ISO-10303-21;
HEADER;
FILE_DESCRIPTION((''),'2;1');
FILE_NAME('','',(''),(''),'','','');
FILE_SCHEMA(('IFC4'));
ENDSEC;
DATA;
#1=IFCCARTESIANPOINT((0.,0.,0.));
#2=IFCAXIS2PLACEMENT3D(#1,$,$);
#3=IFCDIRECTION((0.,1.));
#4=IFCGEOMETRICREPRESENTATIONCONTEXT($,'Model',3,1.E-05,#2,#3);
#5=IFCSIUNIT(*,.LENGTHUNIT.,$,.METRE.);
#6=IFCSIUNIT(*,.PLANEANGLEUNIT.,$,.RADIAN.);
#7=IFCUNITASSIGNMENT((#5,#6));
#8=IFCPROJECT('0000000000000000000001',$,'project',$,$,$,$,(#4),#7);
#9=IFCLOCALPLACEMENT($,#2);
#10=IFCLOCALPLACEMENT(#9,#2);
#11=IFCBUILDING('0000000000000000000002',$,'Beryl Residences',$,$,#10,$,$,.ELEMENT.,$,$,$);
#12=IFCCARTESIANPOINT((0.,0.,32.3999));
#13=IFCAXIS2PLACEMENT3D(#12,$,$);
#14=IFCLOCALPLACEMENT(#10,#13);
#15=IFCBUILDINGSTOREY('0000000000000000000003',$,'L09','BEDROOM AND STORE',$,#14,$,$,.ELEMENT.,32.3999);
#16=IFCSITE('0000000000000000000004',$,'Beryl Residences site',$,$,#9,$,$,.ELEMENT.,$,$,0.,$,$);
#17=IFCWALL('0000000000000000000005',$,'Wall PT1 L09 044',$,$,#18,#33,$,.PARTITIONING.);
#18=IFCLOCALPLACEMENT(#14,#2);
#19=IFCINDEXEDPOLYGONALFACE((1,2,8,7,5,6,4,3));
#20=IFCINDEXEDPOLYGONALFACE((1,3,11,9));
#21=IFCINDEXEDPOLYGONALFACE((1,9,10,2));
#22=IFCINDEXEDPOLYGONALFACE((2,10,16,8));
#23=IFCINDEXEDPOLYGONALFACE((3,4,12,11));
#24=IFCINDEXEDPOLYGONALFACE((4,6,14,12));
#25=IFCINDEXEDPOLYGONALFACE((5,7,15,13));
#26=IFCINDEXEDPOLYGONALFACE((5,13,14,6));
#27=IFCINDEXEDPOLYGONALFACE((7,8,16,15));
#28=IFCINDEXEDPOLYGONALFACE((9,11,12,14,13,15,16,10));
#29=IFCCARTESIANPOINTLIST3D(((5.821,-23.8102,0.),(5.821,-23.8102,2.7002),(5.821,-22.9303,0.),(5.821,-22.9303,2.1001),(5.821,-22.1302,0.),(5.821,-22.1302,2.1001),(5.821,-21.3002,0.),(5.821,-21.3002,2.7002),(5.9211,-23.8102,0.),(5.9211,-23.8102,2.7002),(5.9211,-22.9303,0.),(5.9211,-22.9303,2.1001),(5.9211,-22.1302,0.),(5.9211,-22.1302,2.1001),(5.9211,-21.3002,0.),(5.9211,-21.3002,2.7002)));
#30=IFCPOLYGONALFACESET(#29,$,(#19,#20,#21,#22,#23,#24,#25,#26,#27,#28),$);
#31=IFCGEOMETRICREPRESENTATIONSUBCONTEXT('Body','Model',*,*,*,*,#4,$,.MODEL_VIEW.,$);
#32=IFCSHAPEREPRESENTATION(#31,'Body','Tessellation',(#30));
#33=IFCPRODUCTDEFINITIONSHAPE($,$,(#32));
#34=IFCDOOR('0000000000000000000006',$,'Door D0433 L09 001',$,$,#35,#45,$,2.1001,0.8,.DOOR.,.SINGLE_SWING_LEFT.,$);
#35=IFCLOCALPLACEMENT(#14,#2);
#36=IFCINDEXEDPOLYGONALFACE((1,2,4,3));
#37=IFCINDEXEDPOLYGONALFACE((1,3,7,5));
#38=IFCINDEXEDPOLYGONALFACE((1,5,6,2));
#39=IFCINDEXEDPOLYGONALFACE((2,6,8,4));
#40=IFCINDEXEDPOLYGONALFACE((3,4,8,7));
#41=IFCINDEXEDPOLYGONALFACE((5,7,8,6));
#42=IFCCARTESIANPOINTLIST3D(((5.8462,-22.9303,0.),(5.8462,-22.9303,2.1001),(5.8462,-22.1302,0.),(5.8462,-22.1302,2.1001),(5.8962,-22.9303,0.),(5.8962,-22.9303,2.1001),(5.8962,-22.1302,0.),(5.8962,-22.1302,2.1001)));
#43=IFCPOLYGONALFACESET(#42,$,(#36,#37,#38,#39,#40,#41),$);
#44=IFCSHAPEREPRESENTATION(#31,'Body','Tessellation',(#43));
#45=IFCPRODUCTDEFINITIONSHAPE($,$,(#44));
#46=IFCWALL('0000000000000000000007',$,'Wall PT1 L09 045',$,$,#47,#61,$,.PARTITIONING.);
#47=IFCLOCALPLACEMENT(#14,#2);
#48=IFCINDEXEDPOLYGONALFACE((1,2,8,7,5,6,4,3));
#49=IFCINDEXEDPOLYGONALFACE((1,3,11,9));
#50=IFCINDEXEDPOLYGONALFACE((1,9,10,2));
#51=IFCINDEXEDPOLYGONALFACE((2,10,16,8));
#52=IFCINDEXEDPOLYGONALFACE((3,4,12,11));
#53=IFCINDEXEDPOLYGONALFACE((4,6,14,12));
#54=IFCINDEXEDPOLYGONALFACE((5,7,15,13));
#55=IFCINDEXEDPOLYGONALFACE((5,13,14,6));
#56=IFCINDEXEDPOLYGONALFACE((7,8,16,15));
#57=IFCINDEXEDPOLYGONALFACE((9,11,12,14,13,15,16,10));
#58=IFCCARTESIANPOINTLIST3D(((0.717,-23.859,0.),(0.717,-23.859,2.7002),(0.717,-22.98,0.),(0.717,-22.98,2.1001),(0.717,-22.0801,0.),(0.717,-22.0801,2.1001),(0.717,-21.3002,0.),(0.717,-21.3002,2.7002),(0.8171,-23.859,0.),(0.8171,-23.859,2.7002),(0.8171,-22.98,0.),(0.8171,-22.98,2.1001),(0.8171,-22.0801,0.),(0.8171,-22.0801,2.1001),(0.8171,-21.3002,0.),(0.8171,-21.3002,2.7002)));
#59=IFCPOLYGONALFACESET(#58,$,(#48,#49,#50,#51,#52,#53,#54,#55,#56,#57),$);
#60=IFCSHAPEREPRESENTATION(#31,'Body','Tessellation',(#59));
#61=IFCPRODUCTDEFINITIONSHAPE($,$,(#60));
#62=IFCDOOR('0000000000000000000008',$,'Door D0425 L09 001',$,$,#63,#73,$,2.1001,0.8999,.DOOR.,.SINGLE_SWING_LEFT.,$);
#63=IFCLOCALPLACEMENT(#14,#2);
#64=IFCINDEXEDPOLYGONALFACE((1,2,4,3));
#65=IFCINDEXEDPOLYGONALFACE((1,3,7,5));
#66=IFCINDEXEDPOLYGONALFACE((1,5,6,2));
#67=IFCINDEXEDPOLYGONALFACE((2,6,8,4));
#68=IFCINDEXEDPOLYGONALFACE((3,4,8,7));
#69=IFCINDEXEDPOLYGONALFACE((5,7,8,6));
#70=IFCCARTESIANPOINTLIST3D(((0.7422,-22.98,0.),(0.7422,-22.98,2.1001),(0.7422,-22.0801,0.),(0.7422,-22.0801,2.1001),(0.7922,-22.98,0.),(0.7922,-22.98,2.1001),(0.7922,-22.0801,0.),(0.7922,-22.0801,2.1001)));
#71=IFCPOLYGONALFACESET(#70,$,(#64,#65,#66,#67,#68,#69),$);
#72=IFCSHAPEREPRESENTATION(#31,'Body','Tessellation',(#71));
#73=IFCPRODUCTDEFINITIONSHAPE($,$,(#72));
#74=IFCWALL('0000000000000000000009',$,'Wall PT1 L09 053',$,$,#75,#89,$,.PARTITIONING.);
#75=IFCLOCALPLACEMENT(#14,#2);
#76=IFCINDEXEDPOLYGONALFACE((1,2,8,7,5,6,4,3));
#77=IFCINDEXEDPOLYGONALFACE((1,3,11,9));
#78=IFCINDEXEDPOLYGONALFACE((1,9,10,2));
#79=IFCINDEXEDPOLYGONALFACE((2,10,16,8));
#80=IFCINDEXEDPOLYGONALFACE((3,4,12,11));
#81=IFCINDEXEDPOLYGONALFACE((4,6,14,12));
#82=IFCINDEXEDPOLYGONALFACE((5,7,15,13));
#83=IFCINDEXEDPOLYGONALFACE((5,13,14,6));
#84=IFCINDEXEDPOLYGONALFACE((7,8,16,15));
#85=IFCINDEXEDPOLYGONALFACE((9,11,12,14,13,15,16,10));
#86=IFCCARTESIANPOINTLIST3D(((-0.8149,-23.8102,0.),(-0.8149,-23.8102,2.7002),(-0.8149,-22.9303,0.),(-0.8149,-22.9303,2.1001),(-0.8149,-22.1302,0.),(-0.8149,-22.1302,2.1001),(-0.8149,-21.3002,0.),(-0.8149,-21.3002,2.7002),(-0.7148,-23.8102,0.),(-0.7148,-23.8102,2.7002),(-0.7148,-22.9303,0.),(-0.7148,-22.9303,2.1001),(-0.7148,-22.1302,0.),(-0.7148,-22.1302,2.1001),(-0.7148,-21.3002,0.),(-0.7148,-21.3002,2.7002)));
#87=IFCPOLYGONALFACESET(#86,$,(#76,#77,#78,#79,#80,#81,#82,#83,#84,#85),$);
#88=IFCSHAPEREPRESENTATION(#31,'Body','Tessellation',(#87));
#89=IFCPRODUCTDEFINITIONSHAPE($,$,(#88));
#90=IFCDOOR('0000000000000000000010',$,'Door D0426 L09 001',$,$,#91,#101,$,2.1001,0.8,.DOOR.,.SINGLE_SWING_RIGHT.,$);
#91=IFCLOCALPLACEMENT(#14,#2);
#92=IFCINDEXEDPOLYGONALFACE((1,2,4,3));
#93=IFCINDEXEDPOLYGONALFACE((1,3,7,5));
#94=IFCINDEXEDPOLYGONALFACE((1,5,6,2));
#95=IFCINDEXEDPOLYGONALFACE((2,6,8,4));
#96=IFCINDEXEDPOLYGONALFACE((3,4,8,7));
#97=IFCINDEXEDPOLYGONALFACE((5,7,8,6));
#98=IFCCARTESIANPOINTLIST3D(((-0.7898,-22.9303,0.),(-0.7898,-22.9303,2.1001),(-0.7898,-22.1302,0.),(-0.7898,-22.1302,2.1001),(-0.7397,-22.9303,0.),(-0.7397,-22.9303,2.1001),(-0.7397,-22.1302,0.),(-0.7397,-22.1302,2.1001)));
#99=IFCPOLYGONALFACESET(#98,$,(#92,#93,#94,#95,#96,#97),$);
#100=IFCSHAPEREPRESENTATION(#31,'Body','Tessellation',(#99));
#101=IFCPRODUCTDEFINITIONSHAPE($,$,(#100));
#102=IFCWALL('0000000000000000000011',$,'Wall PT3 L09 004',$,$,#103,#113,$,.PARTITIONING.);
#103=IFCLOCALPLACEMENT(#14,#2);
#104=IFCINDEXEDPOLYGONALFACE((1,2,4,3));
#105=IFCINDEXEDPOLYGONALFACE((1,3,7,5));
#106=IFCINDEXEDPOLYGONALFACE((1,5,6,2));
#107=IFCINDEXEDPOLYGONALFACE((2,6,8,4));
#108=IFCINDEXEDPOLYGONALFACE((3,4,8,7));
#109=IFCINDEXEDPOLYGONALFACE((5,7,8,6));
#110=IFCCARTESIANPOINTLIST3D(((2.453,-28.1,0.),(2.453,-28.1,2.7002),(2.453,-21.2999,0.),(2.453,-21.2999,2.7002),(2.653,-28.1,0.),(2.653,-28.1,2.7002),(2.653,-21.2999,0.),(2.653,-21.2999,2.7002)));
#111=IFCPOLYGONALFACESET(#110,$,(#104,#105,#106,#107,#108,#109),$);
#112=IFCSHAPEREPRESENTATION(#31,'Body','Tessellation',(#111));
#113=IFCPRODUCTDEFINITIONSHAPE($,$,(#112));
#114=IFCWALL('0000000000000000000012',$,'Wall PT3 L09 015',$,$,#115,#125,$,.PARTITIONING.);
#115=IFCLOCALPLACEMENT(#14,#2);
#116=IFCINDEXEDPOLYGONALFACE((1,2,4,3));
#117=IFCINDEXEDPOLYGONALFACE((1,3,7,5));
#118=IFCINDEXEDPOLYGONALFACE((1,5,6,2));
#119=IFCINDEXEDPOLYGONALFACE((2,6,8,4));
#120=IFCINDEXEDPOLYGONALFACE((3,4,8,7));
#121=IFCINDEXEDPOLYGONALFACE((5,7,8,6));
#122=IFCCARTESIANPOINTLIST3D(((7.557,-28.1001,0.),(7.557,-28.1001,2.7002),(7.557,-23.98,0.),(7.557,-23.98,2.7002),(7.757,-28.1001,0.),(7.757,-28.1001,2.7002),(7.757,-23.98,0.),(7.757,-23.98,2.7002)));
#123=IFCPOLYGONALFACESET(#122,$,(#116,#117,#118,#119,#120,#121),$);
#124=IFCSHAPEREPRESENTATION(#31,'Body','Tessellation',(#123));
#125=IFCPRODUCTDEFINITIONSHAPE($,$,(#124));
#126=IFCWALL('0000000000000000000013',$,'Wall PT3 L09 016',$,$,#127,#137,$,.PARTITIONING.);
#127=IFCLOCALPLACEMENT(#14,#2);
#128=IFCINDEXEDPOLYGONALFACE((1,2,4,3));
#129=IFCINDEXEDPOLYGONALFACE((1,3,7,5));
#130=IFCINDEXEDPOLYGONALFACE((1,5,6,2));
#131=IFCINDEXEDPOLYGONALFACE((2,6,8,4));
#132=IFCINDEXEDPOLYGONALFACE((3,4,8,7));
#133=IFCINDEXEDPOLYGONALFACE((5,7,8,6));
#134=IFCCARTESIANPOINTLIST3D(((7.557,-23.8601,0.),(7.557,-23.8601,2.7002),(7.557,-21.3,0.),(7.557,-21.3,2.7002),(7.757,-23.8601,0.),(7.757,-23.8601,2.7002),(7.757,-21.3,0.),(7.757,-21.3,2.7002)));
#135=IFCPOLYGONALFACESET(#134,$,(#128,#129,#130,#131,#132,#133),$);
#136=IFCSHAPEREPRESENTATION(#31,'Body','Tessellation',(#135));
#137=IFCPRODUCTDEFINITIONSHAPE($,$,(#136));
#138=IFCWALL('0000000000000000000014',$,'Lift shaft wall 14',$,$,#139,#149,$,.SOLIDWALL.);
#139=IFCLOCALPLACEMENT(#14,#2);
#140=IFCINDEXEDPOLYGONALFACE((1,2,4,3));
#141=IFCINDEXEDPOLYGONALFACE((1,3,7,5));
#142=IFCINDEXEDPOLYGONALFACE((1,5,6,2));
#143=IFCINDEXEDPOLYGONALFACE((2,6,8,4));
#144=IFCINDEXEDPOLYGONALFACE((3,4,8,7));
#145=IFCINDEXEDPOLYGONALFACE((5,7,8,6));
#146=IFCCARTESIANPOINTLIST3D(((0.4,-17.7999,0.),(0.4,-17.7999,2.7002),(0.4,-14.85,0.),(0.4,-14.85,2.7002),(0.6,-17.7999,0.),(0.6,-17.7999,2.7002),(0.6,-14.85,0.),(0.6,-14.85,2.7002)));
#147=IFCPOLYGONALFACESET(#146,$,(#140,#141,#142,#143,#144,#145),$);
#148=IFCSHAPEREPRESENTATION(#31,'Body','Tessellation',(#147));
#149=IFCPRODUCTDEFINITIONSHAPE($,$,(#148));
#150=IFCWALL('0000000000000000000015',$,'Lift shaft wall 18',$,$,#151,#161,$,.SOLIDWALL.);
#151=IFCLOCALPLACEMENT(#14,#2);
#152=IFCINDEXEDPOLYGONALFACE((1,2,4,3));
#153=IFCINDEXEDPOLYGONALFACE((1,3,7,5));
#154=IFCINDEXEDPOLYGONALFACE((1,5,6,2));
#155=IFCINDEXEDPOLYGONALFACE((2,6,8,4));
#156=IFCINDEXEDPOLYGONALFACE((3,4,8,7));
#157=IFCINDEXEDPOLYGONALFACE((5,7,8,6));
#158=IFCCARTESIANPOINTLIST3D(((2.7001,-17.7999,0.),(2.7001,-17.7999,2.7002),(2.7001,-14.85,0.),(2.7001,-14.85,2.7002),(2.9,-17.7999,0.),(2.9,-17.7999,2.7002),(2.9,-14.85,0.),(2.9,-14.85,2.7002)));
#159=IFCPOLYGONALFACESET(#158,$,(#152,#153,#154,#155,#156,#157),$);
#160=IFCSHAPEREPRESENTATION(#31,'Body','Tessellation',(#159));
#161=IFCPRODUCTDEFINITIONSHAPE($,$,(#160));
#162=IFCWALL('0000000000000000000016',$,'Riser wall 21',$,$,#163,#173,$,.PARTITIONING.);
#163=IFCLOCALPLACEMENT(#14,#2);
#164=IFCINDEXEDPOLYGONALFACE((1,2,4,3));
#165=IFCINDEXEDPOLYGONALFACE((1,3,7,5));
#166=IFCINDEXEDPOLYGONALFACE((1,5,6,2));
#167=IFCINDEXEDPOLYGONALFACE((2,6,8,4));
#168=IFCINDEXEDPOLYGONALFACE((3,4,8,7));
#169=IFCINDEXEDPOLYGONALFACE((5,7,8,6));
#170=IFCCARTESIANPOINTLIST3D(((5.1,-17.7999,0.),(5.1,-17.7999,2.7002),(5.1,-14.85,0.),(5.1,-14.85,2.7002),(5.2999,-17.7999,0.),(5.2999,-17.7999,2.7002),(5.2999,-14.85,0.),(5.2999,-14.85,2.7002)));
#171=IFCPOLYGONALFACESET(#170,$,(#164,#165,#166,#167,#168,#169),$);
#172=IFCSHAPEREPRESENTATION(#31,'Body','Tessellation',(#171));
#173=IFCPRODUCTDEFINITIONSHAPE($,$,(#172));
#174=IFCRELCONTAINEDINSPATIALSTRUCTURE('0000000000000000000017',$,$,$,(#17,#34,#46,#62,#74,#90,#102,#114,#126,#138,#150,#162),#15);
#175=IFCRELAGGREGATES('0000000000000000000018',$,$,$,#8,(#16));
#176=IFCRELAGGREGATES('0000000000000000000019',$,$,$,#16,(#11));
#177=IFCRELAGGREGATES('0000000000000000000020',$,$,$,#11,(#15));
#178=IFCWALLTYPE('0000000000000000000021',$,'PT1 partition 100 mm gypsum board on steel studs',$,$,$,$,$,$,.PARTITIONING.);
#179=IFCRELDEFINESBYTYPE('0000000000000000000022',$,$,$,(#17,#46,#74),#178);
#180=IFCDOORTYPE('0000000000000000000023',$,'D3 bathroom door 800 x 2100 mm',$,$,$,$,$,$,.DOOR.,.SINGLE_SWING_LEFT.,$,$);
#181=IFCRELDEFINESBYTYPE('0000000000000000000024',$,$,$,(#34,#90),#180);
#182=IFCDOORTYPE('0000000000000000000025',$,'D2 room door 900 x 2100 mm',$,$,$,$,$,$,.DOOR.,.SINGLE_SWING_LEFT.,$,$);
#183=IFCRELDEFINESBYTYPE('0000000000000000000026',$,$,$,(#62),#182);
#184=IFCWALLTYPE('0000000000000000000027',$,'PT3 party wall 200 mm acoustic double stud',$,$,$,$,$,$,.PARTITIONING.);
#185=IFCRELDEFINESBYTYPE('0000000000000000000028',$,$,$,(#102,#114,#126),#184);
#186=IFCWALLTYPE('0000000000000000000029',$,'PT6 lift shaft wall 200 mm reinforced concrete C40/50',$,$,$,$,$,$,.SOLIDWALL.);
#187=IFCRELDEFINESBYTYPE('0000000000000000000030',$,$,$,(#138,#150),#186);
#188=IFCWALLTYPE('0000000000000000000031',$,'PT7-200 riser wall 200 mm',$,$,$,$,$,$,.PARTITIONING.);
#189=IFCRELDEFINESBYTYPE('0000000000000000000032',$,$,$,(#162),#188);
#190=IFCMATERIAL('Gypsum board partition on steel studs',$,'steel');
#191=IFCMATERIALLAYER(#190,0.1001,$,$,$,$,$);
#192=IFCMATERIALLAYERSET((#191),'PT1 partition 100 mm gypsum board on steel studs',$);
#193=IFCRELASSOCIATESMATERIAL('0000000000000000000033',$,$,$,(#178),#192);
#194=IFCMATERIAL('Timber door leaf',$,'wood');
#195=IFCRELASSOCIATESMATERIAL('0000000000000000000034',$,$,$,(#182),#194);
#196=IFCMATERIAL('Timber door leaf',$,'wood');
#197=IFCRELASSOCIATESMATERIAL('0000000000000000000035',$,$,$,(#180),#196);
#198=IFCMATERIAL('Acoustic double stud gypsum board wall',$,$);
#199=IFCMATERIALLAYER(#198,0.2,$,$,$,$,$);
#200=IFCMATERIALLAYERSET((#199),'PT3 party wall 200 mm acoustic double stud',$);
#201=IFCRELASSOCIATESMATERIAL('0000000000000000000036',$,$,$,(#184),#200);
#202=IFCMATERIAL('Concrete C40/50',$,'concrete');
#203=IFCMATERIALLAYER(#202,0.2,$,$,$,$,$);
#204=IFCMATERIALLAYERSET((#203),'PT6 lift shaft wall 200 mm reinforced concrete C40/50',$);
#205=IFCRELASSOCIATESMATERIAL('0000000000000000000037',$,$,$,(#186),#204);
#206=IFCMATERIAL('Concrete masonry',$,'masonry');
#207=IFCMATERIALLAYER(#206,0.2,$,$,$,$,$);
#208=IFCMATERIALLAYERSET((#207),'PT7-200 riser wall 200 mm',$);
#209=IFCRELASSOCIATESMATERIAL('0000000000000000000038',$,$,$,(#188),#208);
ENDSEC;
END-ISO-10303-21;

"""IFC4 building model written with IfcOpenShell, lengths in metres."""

from ifc_helpers import new_model, si_unit, direction, frame, frame_2d, origin, place, context, subcontext, project, spatial, rectangle, extrude, material, layer, layer_set, type_object, element, fill, save


model = new_model("IFC4")

# Units and contexts
model_context = context("Model", 3, precision=1e-05, world=origin(), true_north=direction((0.0, 1.0)))
body_context = subcontext(model_context, "Body", "Model", "MODEL_VIEW")
ifc_project = project(units=[si_unit("LENGTHUNIT", "METRE"), si_unit("PLANEANGLEUNIT", "RADIAN")], contexts=[model_context])

# Site, building, storey
site_placement = place(None, origin())
site = spatial("IfcSite", under=ifc_project, at=site_placement, Name="Beryl Residences site", CompositionType="ELEMENT", RefElevation=0.0)
building_placement = place(site_placement, origin())
building = spatial("IfcBuilding", under=site, at=building_placement, Name="Beryl Residences", CompositionType="ELEMENT")
storey_placement = place(building_placement, frame((0.0, 0.0, 32.3999)))
storey = spatial("IfcBuildingStorey", under=building, at=storey_placement, Name="L09", Description="BEDROOM AND STORE", CompositionType="ELEMENT", Elevation=32.3999)

# Shared definitions
ifc_material_1 = material(Name="Gypsum board partition on steel studs", Category="steel")
ifc_layer_1 = layer(ifc_material_1, 0.1001)
ifc_layer_set_1 = layer_set([ifc_layer_1], Name="PT1 partition 100 mm gypsum board on steel studs")
wall_type_1 = type_object("IfcWallType", Name="PT1 partition 100 mm gypsum board on steel studs", PredefinedType="PARTITIONING", material=ifc_layer_set_1)
ifc_material_2 = material(Name="Timber door leaf", Category="wood")
door_type_1 = type_object("IfcDoorType", Name="D2 room door 900 x 2100 mm", OperationType="SINGLE_SWING_LEFT", PredefinedType="DOOR", material=ifc_material_2)

# Walls, openings, doors
wall_1_placement = place(storey_placement, frame((5.8711, -23.8101, 0.0), z_axis=(0.0, 0.0, 1.0), x_axis=(0.0, 1.0, 0.0)))
wall_1 = element("IfcWall", 1, at=wall_1_placement, inside=storey, type_object=wall_type_1, Name="Wall PT1 L09 044", PredefinedType="PARTITIONING", context=body_context, shape_type="SweptSolid", body=[
    extrude(rectangle(XDim=2.51, YDim=0.1001, at=frame_2d((1.2549, 0.0))), origin(), (0.0, 0.0, 1.0), 2.7002),
])
opening_1_placement = place(wall_1_placement, frame((0.8799, 0.0, 0.0)))
opening_1 = element("IfcOpeningElement", 2, at=opening_1_placement, cuts=wall_1, PredefinedType="OPENING", context=body_context, shape_type="SweptSolid", body=[
    extrude(rectangle(XDim=0.8, YDim=2.1001, at=frame_2d((0.3999, 1.05))), frame((0.0, 0.0601, 0.0), z_axis=(0.0, -1.0, 0.0), x_axis=(1.0, 0.0, 0.0)), (0.0, 0.0, 1.0), 0.1201),
])
ifc_material_3 = material(Name="Timber door leaf", Category="wood")
door_type_2 = type_object("IfcDoorType", Name="D3 bathroom door 800 x 2100 mm", OperationType="SINGLE_SWING_LEFT", PredefinedType="DOOR", material=ifc_material_3)
door_1_placement = place(opening_1_placement, origin())
door_1 = element("IfcDoor", 3, at=door_1_placement, inside=storey, type_object=door_type_2, Name="Door D0433 L09 001", OperationType="SINGLE_SWING_LEFT", OverallHeight=2.1001, OverallWidth=0.8, PredefinedType="DOOR", context=body_context, shape_type="SweptSolid", body=[
    extrude(rectangle(XDim=0.8, YDim=2.1001, at=frame_2d((0.3999, 1.05))), frame((0.0, 0.0249, 0.0), z_axis=(0.0, -1.0, 0.0), x_axis=(1.0, 0.0, 0.0)), (0.0, 0.0, 1.0), 0.05),
])
fill(opening_1, door_1)
wall_2_placement = place(storey_placement, frame((0.7671, -23.8589, 0.0), z_axis=(0.0, 0.0, 1.0), x_axis=(0.0, 1.0, 0.0)))
wall_2 = element("IfcWall", 4, at=wall_2_placement, inside=storey, type_object=wall_type_1, Name="Wall PT1 L09 045", PredefinedType="PARTITIONING", context=body_context, shape_type="SweptSolid", body=[
    extrude(rectangle(XDim=2.5588, YDim=0.1001, at=frame_2d((1.2793, 0.0))), origin(), (0.0, 0.0, 1.0), 2.7002),
])
opening_2_placement = place(wall_2_placement, frame((0.8789, 0.0, 0.0)))
opening_2 = element("IfcOpeningElement", 5, at=opening_2_placement, cuts=wall_2, PredefinedType="OPENING", context=body_context, shape_type="SweptSolid", body=[
    extrude(rectangle(XDim=0.8999, YDim=2.1001, at=frame_2d((0.45, 1.05))), frame((0.0, 0.0601, 0.0), z_axis=(0.0, -1.0, 0.0), x_axis=(1.0, 0.0, 0.0)), (0.0, 0.0, 1.0), 0.1201),
])
door_2_placement = place(opening_2_placement, origin())
door_2 = element("IfcDoor", 6, at=door_2_placement, inside=storey, type_object=door_type_1, Name="Door D0425 L09 001", OperationType="SINGLE_SWING_LEFT", OverallHeight=2.1001, OverallWidth=0.8999, PredefinedType="DOOR", context=body_context, shape_type="SweptSolid", body=[
    extrude(rectangle(XDim=0.8999, YDim=2.1001, at=frame_2d((0.45, 1.05))), frame((0.0, 0.0249, 0.0), z_axis=(0.0, -1.0, 0.0), x_axis=(1.0, 0.0, 0.0)), (0.0, 0.0, 1.0), 0.05),
])
fill(opening_2, door_2)
wall_3_placement = place(storey_placement, frame((-0.7649, -23.8101, 0.0), z_axis=(0.0, 0.0, 1.0), x_axis=(0.0, 1.0, 0.0)))
wall_3 = element("IfcWall", 7, at=wall_3_placement, inside=storey, type_object=wall_type_1, Name="Wall PT1 L09 053", PredefinedType="PARTITIONING", context=body_context, shape_type="SweptSolid", body=[
    extrude(rectangle(XDim=2.51, YDim=0.1001, at=frame_2d((1.2549, 0.0))), origin(), (0.0, 0.0, 1.0), 2.7002),
])
opening_3_placement = place(wall_3_placement, frame((0.8799, 0.0, 0.0)))
opening_3 = element("IfcOpeningElement", 8, at=opening_3_placement, cuts=wall_3, PredefinedType="OPENING", context=body_context, shape_type="SweptSolid", body=[
    extrude(rectangle(XDim=0.8, YDim=2.1001, at=frame_2d((0.3999, 1.05))), frame((0.0, 0.0601, 0.0), z_axis=(0.0, -1.0, 0.0), x_axis=(1.0, 0.0, 0.0)), (0.0, 0.0, 1.0), 0.1201),
])
door_3_placement = place(opening_3_placement, origin())
door_3 = element("IfcDoor", 9, at=door_3_placement, inside=storey, type_object=door_type_2, Name="Door D0426 L09 001", OperationType="SINGLE_SWING_RIGHT", OverallHeight=2.1001, OverallWidth=0.8, PredefinedType="DOOR", context=body_context, shape_type="SweptSolid", body=[
    extrude(rectangle(XDim=0.8, YDim=2.1001, at=frame_2d((0.3999, 1.05))), frame((0.0, 0.0249, 0.0), z_axis=(0.0, -1.0, 0.0), x_axis=(1.0, 0.0, 0.0)), (0.0, 0.0, 1.0), 0.05),
])
fill(opening_3, door_3)

# Walls
ifc_material_4 = material(Name="Acoustic double stud gypsum board wall")
ifc_layer_2 = layer(ifc_material_4, 0.2)
ifc_layer_set_2 = layer_set([ifc_layer_2], Name="PT3 party wall 200 mm acoustic double stud")
wall_type_2 = type_object("IfcWallType", Name="PT3 party wall 200 mm acoustic double stud", PredefinedType="PARTITIONING", material=ifc_layer_set_2)
wall_4_placement = place(storey_placement, frame((2.553, -21.3, 0.0), z_axis=(0.0, 0.0, 1.0), x_axis=(0.0, -1.0, 0.0)))
element("IfcWall", 10, at=wall_4_placement, inside=storey, type_object=wall_type_2, Name="Wall PT3 L09 004", PredefinedType="PARTITIONING", context=body_context, shape_type="SweptSolid", body=[
    extrude(rectangle(XDim=6.8, YDim=0.2, at=frame_2d((3.3999, 0.0))), origin(), (0.0, 0.0, 1.0), 2.7002),
])
wall_5_placement = place(storey_placement, frame((7.657, -28.1001, 0.0), z_axis=(0.0, 0.0, 1.0), x_axis=(0.0, 1.0, 0.0)))
element("IfcWall", 11, at=wall_5_placement, inside=storey, type_object=wall_type_2, Name="Wall PT3 L09 015", PredefinedType="PARTITIONING", context=body_context, shape_type="SweptSolid", body=[
    extrude(rectangle(XDim=4.1201, YDim=0.2, at=frame_2d((2.0601, 0.0))), origin(), (0.0, 0.0, 1.0), 2.7002),
])
wall_6_placement = place(storey_placement, frame((7.657, -23.8601, 0.0), z_axis=(0.0, 0.0, 1.0), x_axis=(0.0, 1.0, 0.0)))
element("IfcWall", 12, at=wall_6_placement, inside=storey, type_object=wall_type_2, Name="Wall PT3 L09 016", PredefinedType="PARTITIONING", context=body_context, shape_type="SweptSolid", body=[
    extrude(rectangle(XDim=2.5601, YDim=0.2, at=frame_2d((1.28, 0.0))), origin(), (0.0, 0.0, 1.0), 2.7002),
])
ifc_material_5 = material(Name="Concrete C40/50", Category="concrete")
ifc_layer_3 = layer(ifc_material_5, 0.2)
ifc_layer_set_3 = layer_set([ifc_layer_3], Name="PT6 lift shaft wall 200 mm reinforced concrete C40/50")
wall_type_3 = type_object("IfcWallType", Name="PT6 lift shaft wall 200 mm reinforced concrete C40/50", PredefinedType="SOLIDWALL", material=ifc_layer_set_3)
for number, where, z_axis, x_axis, name in (
    (13, (0.5, -17.8, 0.0), (0.0, 0.0, 1.0), (0.0, 1.0, 0.0), "Lift shaft wall 14"),
    (14, (2.8, -17.8, 0.0), (0.0, 0.0, 1.0), (0.0, 1.0, 0.0), "Lift shaft wall 18"),
):
    element("IfcWall", number, at=place(storey_placement, frame(where, z_axis=z_axis, x_axis=x_axis)), inside=storey, type_object=wall_type_3, Name=name, PredefinedType="SOLIDWALL", context=body_context, shape_type="SweptSolid", body=[
        extrude(rectangle(XDim=2.95, YDim=0.2, at=frame_2d((1.4751, 0.0))), origin(), (0.0, 0.0, 1.0), 2.7002),
    ])
ifc_material_6 = material(Name="Concrete masonry", Category="masonry")
ifc_layer_4 = layer(ifc_material_6, 0.2)
ifc_layer_set_4 = layer_set([ifc_layer_4], Name="PT7-200 riser wall 200 mm")
wall_type_4 = type_object("IfcWallType", Name="PT7-200 riser wall 200 mm", PredefinedType="PARTITIONING", material=ifc_layer_set_4)
wall_7_placement = place(storey_placement, frame((5.2, -17.8, 0.0), z_axis=(0.0, 0.0, 1.0), x_axis=(0.0, 1.0, 0.0)))
element("IfcWall", 15, at=wall_7_placement, inside=storey, type_object=wall_type_4, Name="Riser wall 21", PredefinedType="PARTITIONING", context=body_context, shape_type="SweptSolid", body=[
    extrude(rectangle(XDim=2.95, YDim=0.2, at=frame_2d((1.4751, 0.0))), origin(), (0.0, 0.0, 1.0), 2.7002),
])

save(model, "model.ifc")
